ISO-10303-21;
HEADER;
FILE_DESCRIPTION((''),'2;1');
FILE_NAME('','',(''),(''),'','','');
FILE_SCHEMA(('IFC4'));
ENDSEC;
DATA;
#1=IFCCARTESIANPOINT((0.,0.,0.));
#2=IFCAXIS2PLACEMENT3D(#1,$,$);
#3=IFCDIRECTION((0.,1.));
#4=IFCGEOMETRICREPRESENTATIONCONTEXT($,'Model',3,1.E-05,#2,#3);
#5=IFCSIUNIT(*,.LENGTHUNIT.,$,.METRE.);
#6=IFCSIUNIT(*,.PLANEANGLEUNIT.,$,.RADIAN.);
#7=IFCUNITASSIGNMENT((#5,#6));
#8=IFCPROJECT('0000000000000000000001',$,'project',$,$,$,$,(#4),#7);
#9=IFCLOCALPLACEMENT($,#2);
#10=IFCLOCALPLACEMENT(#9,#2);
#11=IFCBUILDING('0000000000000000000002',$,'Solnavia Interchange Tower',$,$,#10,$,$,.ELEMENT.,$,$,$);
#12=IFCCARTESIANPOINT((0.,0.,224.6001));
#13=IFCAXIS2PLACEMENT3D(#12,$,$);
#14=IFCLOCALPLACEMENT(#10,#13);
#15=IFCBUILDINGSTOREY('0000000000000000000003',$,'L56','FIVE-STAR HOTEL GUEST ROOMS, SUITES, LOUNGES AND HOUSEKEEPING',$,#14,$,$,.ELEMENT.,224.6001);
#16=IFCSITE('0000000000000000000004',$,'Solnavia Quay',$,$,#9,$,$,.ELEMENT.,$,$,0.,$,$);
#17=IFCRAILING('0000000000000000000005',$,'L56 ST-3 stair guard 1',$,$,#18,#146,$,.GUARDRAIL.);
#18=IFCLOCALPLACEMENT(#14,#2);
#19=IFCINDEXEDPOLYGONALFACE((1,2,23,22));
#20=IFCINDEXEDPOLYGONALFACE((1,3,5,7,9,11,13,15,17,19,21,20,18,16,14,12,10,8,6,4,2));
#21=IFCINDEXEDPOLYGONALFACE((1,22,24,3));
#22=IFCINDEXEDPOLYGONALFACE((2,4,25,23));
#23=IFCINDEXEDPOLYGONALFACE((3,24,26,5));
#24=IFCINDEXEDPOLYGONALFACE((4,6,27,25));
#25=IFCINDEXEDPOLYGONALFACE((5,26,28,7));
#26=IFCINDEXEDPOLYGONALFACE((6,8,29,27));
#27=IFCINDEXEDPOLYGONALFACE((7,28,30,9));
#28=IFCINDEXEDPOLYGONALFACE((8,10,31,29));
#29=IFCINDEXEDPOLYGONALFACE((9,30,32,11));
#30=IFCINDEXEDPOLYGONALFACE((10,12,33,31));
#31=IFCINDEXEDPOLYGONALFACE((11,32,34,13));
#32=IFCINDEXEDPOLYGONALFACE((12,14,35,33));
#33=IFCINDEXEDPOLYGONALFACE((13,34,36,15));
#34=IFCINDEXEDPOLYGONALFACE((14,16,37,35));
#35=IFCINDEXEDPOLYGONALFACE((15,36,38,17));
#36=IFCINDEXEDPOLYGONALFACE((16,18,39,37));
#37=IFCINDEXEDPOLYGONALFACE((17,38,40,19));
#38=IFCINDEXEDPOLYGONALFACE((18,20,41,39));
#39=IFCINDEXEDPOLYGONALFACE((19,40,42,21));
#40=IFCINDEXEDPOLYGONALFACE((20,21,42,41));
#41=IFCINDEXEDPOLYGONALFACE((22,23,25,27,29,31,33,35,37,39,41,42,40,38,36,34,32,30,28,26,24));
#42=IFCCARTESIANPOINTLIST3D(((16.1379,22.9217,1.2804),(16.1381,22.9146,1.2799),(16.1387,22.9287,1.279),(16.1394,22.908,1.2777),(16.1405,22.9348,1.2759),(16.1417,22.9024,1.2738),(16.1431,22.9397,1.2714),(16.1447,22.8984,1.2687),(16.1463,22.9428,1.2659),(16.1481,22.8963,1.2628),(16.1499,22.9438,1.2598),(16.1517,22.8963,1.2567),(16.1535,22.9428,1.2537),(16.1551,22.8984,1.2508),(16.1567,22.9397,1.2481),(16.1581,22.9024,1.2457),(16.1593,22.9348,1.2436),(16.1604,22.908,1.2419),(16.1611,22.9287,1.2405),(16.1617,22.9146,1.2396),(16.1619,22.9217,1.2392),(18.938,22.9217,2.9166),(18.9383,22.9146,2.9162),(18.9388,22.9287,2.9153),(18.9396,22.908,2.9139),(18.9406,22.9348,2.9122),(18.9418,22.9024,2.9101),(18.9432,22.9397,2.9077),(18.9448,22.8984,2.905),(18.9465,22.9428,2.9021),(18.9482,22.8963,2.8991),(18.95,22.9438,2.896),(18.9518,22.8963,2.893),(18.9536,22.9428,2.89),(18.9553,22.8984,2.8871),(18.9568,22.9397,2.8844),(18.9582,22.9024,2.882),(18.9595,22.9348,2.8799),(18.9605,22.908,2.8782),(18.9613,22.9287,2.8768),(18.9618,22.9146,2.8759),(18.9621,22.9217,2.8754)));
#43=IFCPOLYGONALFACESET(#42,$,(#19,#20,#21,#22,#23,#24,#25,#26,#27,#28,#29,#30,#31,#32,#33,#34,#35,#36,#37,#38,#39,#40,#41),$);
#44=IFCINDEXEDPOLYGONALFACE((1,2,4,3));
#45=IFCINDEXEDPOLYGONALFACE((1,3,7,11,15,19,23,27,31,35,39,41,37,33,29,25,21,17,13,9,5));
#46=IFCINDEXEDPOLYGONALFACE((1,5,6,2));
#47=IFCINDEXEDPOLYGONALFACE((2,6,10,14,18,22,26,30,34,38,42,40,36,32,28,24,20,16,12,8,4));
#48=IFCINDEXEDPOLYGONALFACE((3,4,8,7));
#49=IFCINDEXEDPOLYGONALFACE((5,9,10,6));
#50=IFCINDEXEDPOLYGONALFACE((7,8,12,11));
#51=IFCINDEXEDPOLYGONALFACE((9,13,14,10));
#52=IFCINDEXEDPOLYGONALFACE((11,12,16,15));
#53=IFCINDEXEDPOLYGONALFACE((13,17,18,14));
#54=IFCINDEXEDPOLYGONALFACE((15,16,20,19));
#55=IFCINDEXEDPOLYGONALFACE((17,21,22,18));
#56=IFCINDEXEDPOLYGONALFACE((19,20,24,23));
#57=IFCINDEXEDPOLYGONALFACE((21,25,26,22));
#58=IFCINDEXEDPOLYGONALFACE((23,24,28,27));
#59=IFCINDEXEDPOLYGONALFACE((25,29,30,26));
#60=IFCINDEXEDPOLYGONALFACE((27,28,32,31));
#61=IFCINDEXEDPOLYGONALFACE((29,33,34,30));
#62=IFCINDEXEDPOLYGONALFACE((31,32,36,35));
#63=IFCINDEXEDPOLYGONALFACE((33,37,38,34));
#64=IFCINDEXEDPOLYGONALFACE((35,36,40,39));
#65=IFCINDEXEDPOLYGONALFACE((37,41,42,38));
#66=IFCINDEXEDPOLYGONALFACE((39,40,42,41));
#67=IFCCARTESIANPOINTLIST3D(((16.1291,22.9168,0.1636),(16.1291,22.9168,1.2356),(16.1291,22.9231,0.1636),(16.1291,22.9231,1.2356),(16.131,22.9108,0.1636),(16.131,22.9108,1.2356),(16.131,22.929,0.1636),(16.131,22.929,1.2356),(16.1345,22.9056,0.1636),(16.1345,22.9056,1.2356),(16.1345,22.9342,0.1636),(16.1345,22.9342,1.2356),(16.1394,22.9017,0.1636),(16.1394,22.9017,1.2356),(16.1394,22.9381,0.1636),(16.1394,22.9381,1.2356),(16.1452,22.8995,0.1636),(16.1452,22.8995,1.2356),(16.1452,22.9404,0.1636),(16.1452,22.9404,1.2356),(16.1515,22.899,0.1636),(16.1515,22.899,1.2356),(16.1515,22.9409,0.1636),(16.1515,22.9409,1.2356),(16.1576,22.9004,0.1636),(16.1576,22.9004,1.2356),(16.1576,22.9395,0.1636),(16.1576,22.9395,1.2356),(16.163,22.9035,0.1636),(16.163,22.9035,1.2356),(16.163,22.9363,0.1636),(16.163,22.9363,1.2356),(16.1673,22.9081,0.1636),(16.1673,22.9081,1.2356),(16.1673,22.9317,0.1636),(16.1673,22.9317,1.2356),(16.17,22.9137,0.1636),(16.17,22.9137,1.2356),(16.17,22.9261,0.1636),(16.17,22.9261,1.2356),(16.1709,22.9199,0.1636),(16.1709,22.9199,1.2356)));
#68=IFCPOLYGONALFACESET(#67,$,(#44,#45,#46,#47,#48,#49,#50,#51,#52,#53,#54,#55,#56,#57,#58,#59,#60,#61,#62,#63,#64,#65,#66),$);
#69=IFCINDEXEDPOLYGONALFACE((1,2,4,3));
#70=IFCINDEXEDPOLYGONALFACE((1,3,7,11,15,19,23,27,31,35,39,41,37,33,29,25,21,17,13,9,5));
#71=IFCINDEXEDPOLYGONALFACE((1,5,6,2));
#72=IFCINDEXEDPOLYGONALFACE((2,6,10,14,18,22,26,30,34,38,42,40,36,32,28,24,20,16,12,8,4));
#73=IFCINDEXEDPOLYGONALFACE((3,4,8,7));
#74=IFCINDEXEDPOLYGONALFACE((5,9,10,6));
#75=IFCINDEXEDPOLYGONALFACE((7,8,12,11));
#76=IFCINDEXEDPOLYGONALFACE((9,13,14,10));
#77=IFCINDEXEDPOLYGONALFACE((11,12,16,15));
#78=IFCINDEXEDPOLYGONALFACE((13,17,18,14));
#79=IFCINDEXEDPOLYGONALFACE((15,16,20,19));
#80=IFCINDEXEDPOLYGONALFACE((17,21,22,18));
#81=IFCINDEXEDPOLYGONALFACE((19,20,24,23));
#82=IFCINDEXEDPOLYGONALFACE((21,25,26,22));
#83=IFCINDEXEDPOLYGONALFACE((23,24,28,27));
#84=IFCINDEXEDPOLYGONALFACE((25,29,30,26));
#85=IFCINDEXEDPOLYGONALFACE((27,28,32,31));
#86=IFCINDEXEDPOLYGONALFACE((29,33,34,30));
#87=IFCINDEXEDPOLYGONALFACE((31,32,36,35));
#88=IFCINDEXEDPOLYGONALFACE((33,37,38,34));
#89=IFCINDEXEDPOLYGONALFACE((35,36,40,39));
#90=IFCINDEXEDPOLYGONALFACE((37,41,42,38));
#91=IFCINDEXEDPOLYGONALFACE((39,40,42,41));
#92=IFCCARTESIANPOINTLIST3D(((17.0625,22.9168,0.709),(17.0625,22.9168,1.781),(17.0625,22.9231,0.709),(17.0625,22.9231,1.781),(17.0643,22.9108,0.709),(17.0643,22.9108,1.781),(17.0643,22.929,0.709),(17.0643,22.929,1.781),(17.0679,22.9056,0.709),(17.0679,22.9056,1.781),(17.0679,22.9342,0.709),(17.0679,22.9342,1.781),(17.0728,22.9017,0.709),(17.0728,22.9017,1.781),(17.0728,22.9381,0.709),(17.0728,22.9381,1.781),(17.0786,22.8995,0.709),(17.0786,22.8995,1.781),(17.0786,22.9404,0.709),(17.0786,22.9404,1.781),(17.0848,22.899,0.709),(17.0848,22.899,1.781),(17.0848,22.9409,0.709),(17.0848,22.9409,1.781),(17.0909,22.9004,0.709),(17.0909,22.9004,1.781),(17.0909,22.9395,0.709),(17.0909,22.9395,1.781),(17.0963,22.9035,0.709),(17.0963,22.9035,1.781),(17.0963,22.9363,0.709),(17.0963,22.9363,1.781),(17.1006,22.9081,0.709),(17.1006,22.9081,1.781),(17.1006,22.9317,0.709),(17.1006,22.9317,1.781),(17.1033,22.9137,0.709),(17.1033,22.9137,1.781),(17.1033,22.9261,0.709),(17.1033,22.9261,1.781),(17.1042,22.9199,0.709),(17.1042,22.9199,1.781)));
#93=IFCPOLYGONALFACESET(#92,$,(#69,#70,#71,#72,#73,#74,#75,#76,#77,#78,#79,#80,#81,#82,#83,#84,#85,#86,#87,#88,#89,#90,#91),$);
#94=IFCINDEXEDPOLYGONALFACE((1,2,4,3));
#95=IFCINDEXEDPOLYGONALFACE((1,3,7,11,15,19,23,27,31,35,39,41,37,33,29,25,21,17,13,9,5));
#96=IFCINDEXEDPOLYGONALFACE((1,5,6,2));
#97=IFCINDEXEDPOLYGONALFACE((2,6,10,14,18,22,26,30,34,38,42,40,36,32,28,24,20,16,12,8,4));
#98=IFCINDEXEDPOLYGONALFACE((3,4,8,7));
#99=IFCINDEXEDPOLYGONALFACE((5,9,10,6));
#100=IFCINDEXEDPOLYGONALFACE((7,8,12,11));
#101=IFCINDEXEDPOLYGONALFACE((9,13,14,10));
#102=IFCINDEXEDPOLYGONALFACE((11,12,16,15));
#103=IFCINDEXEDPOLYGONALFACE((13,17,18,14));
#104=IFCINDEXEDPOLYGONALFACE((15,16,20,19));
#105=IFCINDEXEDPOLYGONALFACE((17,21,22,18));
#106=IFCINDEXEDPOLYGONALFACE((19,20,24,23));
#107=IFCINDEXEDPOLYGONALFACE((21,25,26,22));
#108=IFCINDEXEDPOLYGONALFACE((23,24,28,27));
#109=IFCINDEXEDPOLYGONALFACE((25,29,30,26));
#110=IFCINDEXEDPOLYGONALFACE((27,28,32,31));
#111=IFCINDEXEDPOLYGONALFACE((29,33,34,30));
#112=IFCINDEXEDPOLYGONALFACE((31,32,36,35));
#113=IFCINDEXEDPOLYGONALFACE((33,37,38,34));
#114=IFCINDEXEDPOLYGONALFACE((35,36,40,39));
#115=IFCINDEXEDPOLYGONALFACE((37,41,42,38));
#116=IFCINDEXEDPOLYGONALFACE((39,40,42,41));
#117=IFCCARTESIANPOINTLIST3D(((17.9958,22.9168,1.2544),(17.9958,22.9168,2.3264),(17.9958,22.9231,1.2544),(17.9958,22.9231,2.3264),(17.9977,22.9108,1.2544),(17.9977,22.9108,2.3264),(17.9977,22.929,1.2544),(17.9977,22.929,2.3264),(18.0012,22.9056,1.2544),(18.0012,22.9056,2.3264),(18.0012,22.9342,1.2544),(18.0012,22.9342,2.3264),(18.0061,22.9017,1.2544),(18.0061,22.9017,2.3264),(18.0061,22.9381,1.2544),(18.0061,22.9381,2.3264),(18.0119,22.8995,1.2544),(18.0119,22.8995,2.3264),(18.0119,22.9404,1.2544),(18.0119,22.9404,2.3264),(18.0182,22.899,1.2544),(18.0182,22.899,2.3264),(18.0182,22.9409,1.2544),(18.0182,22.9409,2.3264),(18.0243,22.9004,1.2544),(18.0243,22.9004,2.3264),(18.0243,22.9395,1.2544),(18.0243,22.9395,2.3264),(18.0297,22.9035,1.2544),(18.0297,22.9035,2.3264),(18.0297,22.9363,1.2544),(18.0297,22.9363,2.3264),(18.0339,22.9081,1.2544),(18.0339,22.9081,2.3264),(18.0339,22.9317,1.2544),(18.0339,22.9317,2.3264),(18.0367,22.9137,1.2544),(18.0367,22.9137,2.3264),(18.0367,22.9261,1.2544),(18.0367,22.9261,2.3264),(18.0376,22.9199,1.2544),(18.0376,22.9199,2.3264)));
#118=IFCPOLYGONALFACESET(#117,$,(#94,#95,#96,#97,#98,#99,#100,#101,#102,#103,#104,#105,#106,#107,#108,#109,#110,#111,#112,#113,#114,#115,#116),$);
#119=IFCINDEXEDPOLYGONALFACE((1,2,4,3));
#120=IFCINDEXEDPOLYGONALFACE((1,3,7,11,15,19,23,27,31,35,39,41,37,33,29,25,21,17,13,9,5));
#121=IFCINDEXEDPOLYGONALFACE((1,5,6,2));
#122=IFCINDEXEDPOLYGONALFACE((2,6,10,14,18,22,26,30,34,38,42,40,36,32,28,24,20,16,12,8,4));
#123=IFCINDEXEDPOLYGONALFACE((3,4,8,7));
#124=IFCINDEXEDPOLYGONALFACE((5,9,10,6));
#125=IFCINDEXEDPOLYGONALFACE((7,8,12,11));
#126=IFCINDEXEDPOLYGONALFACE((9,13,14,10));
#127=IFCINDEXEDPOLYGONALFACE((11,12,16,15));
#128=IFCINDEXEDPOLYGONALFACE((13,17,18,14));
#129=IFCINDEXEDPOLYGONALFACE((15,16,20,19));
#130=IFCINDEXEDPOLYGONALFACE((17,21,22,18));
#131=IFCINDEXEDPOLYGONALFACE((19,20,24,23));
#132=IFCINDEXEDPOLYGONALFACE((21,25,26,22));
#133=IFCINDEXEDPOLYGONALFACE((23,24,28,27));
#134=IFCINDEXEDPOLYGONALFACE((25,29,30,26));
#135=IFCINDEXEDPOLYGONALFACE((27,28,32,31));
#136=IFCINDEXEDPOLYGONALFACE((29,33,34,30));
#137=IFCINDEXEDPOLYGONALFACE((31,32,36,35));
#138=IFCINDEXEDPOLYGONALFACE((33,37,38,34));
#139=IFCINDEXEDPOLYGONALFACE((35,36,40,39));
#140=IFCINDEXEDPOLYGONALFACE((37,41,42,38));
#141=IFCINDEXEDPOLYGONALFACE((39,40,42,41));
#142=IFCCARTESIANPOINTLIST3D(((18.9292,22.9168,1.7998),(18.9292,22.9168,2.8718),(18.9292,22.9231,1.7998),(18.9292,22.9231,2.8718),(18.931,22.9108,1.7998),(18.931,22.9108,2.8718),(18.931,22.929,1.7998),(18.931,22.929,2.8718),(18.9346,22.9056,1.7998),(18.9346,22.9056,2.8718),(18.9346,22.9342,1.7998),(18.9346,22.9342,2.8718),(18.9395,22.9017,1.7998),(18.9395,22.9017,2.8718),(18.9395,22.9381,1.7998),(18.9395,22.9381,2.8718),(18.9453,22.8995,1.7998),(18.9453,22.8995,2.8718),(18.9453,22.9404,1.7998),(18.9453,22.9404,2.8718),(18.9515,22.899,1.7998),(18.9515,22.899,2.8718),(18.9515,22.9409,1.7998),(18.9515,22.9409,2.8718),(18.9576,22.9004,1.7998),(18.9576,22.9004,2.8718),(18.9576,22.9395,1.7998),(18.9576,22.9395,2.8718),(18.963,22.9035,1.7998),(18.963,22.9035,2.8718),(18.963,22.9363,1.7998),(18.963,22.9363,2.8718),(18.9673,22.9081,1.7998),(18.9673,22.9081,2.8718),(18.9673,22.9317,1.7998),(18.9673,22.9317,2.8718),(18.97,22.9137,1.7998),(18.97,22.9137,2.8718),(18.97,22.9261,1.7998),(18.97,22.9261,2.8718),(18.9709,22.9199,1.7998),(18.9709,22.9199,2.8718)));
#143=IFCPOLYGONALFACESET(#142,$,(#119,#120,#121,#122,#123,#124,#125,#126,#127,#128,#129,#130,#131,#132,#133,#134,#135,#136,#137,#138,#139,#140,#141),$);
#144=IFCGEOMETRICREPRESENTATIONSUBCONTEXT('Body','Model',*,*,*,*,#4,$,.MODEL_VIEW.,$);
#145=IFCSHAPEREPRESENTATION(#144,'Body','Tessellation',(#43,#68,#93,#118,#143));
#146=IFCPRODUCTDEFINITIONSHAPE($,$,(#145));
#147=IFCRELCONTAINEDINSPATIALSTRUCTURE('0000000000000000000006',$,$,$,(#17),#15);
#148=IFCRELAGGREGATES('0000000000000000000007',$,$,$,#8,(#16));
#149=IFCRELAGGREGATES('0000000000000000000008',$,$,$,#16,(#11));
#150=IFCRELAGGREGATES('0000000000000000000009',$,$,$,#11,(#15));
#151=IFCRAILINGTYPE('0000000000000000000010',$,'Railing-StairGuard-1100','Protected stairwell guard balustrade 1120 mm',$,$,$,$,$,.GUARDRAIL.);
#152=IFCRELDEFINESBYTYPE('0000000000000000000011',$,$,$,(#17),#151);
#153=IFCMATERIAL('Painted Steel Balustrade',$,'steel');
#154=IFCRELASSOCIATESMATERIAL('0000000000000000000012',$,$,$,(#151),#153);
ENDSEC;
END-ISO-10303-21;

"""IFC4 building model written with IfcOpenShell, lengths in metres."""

from ifc_helpers import new_model, si_unit, direction, frame, origin, origin_2d, place, context, subcontext, project, spatial, circle, extrude, material, type_object, element, save


model = new_model("IFC4")

# Units and contexts
model_context = context("Model", 3, precision=1e-05, world=origin(), true_north=direction((0.0, 1.0)))
body_context = subcontext(model_context, "Body", "Model", "MODEL_VIEW")
ifc_project = project(units=[si_unit("LENGTHUNIT", "METRE"), si_unit("PLANEANGLEUNIT", "RADIAN")], contexts=[model_context])

# Site, building, storey
site_placement = place(None, origin())
site = spatial("IfcSite", under=ifc_project, at=site_placement, Name="Solnavia Quay", CompositionType="ELEMENT", RefElevation=0.0)
building_placement = place(site_placement, origin())
building = spatial("IfcBuilding", under=site, at=building_placement, Name="Solnavia Interchange Tower", CompositionType="ELEMENT")
storey_placement = place(building_placement, frame((0.0, 0.0, 224.6001)))
storey = spatial("IfcBuildingStorey", under=building, at=storey_placement, Name="L56", Description="FIVE-STAR HOTEL GUEST ROOMS, SUITES, LOUNGES AND HOUSEKEEPING", CompositionType="ELEMENT", Elevation=224.6001)

# Railing
ifc_material_1 = material(Name="Painted Steel Balustrade", Category="steel")
railing_type_1 = type_object("IfcRailingType", Name="Railing-StairGuard-1100", Description="Protected stairwell guard balustrade 1120 mm", PredefinedType="GUARDRAIL", material=ifc_material_1)
railing_1_placement = place(storey_placement, frame((16.1499, 22.9199, 0.1636)))
element("IfcRailing", 1, at=railing_1_placement, inside=storey, type_object=railing_type_1, Name="L56 ST-3 stair guard 1", PredefinedType="GUARDRAIL", context=body_context, shape_type="SweptSolid", body=[
    extrude(circle(Radius=0.0239, at=origin_2d()), frame((0.0, 0.0, 1.0962), z_axis=(0.863394, 0.0, 0.504531), x_axis=(0.0, 1.0, 0.0)), (0.0, 0.0, 1.0), 3.2432),
    extrude(circle(Radius=0.021, at=origin_2d()), origin(), (0.0, 0.0, 1.0), 1.072),
    extrude(circle(Radius=0.021, at=origin_2d()), frame((0.9333, 0.0, 0.5454)), (0.0, 0.0, 1.0), 1.072),
    extrude(circle(Radius=0.021, at=origin_2d()), frame((1.8667, 0.0, 1.0908)), (0.0, 0.0, 1.0), 1.072),
    extrude(circle(Radius=0.021, at=origin_2d()), frame((2.8, 0.0, 1.6362)), (0.0, 0.0, 1.0), 1.072),
])

save(model, "model.ifc")
